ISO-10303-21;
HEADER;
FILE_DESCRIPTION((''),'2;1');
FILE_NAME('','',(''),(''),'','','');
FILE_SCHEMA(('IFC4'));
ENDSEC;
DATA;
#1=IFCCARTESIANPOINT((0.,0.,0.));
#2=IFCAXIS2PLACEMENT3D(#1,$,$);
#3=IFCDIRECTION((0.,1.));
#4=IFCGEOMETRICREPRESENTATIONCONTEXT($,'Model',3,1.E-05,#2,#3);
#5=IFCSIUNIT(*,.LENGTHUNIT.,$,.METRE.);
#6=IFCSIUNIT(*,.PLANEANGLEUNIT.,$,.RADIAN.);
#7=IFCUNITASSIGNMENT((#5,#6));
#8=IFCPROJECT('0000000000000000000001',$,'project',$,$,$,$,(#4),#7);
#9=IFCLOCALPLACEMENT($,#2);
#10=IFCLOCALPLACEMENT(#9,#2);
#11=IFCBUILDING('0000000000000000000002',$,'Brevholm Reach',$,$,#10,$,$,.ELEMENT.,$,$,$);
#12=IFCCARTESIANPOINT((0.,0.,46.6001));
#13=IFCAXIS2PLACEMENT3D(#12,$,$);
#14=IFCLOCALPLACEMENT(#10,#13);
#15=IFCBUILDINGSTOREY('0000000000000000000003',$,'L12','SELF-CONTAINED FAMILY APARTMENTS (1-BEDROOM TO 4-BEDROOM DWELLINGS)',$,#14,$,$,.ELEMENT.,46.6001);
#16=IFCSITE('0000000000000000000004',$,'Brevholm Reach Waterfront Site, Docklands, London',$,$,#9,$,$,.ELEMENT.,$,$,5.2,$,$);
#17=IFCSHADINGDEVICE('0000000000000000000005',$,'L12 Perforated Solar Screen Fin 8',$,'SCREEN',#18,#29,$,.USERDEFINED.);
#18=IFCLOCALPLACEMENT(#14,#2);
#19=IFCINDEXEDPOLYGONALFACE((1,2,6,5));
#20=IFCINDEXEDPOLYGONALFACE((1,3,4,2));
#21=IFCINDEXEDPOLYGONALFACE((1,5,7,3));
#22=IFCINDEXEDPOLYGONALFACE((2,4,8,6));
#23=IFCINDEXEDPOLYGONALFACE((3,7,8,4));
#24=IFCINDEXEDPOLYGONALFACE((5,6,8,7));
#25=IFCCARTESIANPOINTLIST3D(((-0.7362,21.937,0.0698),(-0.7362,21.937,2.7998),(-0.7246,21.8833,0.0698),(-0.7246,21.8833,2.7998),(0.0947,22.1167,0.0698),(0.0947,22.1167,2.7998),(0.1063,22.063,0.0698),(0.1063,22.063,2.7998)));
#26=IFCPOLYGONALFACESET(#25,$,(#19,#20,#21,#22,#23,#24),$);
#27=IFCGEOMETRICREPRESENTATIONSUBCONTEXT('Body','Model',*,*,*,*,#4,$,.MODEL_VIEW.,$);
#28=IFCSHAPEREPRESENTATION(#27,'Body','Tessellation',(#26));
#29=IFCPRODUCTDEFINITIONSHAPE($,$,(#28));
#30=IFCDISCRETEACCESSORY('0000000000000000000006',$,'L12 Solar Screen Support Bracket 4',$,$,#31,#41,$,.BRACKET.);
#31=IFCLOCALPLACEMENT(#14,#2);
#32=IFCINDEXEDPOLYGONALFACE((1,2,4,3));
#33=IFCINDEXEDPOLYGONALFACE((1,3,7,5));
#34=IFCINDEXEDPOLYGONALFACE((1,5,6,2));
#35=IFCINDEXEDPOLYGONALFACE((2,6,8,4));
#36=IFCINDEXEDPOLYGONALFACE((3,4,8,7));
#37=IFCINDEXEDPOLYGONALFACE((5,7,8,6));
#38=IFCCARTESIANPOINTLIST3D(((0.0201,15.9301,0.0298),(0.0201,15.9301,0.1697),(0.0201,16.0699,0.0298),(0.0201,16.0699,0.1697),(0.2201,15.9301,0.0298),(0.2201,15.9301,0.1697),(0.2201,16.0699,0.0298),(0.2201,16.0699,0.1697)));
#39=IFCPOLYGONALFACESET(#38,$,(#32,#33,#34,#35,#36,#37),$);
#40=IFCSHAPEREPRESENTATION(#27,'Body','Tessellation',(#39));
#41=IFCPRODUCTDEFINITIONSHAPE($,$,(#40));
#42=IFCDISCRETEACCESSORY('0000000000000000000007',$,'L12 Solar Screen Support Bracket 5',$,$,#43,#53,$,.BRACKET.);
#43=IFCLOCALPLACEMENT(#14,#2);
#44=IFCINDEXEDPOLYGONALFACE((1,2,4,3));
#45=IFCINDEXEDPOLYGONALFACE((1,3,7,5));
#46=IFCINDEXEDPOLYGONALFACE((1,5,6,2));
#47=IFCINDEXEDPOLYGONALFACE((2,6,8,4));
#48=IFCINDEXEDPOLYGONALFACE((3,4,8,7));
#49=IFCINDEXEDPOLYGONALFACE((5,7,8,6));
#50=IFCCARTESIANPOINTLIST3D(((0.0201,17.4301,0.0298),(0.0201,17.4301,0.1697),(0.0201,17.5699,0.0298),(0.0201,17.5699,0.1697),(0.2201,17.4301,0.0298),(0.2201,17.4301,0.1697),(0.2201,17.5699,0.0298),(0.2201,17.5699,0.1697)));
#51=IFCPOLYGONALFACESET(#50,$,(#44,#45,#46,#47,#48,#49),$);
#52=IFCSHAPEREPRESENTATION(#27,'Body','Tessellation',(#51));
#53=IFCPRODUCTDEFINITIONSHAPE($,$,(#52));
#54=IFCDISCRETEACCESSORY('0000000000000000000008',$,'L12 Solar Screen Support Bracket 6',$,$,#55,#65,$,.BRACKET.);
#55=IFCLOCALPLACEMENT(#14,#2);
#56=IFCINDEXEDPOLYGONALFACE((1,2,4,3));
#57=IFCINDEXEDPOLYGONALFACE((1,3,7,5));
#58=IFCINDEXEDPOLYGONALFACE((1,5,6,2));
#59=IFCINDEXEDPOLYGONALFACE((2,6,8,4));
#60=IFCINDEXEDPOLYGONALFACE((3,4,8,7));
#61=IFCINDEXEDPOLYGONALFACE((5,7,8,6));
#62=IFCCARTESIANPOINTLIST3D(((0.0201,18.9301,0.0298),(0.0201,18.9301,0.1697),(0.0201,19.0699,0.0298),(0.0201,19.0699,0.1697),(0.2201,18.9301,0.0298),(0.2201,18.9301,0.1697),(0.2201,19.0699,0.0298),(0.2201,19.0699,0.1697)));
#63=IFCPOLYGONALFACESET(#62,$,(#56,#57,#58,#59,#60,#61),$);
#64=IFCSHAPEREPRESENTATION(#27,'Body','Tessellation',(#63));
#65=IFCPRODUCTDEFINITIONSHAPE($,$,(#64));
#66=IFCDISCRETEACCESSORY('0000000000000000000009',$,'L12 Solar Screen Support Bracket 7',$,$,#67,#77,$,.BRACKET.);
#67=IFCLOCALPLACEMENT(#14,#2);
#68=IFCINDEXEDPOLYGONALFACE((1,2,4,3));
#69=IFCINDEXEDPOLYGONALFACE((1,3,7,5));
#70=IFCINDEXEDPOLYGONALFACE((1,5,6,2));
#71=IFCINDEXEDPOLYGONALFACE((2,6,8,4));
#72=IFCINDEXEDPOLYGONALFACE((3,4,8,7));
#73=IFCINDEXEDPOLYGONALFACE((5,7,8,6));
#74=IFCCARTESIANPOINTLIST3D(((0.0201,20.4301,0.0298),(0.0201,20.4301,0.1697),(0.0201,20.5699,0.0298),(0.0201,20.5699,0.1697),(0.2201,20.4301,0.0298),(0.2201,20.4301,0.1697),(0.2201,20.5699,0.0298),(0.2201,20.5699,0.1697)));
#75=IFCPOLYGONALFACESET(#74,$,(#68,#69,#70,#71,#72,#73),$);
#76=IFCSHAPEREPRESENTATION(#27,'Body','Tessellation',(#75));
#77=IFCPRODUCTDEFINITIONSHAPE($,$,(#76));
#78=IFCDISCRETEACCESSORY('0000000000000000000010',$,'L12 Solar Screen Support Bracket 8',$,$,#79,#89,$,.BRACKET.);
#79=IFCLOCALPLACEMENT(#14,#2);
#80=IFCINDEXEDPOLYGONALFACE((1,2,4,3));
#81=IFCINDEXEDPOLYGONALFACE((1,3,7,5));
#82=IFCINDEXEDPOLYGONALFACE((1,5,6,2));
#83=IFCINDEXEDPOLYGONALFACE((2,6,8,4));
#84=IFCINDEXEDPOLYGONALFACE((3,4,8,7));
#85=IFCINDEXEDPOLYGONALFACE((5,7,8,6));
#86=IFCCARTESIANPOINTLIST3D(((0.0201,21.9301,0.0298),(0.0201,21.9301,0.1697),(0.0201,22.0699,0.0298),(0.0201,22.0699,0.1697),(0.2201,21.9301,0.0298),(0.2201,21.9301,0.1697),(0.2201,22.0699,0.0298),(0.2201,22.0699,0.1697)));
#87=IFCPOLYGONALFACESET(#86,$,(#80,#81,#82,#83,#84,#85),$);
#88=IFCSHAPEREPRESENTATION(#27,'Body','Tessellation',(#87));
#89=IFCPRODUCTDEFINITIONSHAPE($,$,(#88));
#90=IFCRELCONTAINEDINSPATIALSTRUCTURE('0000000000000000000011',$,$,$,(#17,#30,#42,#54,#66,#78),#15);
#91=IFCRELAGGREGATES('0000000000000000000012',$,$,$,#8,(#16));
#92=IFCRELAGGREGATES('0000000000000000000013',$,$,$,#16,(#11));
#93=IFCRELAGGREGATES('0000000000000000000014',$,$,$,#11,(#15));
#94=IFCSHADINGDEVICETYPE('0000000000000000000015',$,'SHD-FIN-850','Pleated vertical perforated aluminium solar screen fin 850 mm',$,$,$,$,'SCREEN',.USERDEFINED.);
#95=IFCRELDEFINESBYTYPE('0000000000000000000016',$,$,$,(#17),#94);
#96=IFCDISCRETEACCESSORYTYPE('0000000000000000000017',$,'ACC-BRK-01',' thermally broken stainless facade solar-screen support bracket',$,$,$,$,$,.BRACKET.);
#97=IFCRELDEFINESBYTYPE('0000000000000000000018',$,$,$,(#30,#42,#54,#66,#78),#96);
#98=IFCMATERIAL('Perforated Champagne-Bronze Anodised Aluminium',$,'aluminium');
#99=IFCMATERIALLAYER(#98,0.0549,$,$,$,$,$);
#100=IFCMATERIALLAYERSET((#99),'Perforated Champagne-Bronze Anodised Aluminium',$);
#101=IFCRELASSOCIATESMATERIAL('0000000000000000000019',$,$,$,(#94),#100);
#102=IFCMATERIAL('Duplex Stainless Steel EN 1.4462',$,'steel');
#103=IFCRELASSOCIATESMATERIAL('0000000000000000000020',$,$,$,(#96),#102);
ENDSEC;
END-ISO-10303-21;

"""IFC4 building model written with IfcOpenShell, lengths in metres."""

from ifc_helpers import new_model, si_unit, direction, frame, origin, origin_2d, place, context, subcontext, project, spatial, rectangle, extrude, material, layer, layer_set, type_object, element, save


model = new_model("IFC4")

# Units and contexts
model_context = context("Model", 3, precision=1e-05, world=origin(), true_north=direction((0.0, 1.0)))
body_context = subcontext(model_context, "Body", "Model", "MODEL_VIEW")
ifc_project = project(units=[si_unit("LENGTHUNIT", "METRE"), si_unit("PLANEANGLEUNIT", "RADIAN")], contexts=[model_context])

# Site, building, storey
site_placement = place(None, origin())
site = spatial("IfcSite", under=ifc_project, at=site_placement, Name="Brevholm Reach Waterfront Site, Docklands, London", CompositionType="ELEMENT", RefElevation=5.2)
building_placement = place(site_placement, origin())
building = spatial("IfcBuilding", under=site, at=building_placement, Name="Brevholm Reach", CompositionType="ELEMENT")
storey_placement = place(building_placement, frame((0.0, 0.0, 46.6001)))
storey = spatial("IfcBuildingStorey", under=building, at=storey_placement, Name="L12", Description="SELF-CONTAINED FAMILY APARTMENTS (1-BEDROOM TO 4-BEDROOM DWELLINGS)", CompositionType="ELEMENT", Elevation=46.6001)

# Shading device
ifc_material_1 = material(Name="Perforated Champagne-Bronze Anodised Aluminium", Category="aluminium")
ifc_layer_1 = layer(ifc_material_1, 0.0549)
ifc_layer_set_1 = layer_set([ifc_layer_1], Name="Perforated Champagne-Bronze Anodised Aluminium")
shading_device_type = type_object("IfcShadingDeviceType", Name="SHD-FIN-850", Description="Pleated vertical perforated aluminium solar screen fin 850 mm", ElementType="SCREEN", PredefinedType="USERDEFINED", material=ifc_layer_set_1)
for number, where, z_axis, x_axis, name in (
    (1, (-0.3149, 22.0, 0.0698), (0.0, 0.0, 1.0), (-0.977409, -0.211359, 0.0), "L12 Perforated Solar Screen Fin 8"),
):
    element("IfcShadingDevice", number, at=place(storey_placement, frame(where, z_axis=z_axis, x_axis=x_axis)), inside=storey, type_object=shading_device_type, Name=name, ObjectType="SCREEN", PredefinedType="USERDEFINED", context=body_context, shape_type="SweptSolid", body=[
        extrude(rectangle(XDim=0.8501, YDim=0.0549, at=origin_2d()), origin(), (0.0, 0.0, 1.0), 2.73),
    ])

# Discrete accessories
ifc_material_2 = material(Name="Duplex Stainless Steel EN 1.4462", Category="steel")
discrete_accessory_type = type_object("IfcDiscreteAccessoryType", Name="ACC-BRK-01", Description=" thermally broken stainless facade solar-screen support bracket", PredefinedType="BRACKET", material=ifc_material_2)
for number, where, z_axis, x_axis, name in (
    (2, (0.1201, 16.0, 0.0298), (0.0, 0.0, 1.0), (-1.0, 0.0, 0.0), "L12 Solar Screen Support Bracket 4"),
    (3, (0.1201, 17.5, 0.0298), (0.0, 0.0, 1.0), (-1.0, 0.0, 0.0), "L12 Solar Screen Support Bracket 5"),
    (4, (0.1201, 19.0, 0.0298), (0.0, 0.0, 1.0), (-1.0, 0.0, 0.0), "L12 Solar Screen Support Bracket 6"),
    (5, (0.1201, 20.5, 0.0298), (0.0, 0.0, 1.0), (-1.0, 0.0, 0.0), "L12 Solar Screen Support Bracket 7"),
    (6, (0.1201, 22.0, 0.0298), (0.0, 0.0, 1.0), (-1.0, 0.0, 0.0), "L12 Solar Screen Support Bracket 8"),
):
    element("IfcDiscreteAccessory", number, at=place(storey_placement, frame(where, z_axis=z_axis, x_axis=x_axis)), inside=storey, type_object=discrete_accessory_type, Name=name, PredefinedType="BRACKET", context=body_context, shape_type="SweptSolid", body=[
        extrude(rectangle(XDim=0.2, YDim=0.1399, at=origin_2d()), origin(), (0.0, 0.0, 1.0), 0.1399),
    ])

save(model, "model.ifc")
